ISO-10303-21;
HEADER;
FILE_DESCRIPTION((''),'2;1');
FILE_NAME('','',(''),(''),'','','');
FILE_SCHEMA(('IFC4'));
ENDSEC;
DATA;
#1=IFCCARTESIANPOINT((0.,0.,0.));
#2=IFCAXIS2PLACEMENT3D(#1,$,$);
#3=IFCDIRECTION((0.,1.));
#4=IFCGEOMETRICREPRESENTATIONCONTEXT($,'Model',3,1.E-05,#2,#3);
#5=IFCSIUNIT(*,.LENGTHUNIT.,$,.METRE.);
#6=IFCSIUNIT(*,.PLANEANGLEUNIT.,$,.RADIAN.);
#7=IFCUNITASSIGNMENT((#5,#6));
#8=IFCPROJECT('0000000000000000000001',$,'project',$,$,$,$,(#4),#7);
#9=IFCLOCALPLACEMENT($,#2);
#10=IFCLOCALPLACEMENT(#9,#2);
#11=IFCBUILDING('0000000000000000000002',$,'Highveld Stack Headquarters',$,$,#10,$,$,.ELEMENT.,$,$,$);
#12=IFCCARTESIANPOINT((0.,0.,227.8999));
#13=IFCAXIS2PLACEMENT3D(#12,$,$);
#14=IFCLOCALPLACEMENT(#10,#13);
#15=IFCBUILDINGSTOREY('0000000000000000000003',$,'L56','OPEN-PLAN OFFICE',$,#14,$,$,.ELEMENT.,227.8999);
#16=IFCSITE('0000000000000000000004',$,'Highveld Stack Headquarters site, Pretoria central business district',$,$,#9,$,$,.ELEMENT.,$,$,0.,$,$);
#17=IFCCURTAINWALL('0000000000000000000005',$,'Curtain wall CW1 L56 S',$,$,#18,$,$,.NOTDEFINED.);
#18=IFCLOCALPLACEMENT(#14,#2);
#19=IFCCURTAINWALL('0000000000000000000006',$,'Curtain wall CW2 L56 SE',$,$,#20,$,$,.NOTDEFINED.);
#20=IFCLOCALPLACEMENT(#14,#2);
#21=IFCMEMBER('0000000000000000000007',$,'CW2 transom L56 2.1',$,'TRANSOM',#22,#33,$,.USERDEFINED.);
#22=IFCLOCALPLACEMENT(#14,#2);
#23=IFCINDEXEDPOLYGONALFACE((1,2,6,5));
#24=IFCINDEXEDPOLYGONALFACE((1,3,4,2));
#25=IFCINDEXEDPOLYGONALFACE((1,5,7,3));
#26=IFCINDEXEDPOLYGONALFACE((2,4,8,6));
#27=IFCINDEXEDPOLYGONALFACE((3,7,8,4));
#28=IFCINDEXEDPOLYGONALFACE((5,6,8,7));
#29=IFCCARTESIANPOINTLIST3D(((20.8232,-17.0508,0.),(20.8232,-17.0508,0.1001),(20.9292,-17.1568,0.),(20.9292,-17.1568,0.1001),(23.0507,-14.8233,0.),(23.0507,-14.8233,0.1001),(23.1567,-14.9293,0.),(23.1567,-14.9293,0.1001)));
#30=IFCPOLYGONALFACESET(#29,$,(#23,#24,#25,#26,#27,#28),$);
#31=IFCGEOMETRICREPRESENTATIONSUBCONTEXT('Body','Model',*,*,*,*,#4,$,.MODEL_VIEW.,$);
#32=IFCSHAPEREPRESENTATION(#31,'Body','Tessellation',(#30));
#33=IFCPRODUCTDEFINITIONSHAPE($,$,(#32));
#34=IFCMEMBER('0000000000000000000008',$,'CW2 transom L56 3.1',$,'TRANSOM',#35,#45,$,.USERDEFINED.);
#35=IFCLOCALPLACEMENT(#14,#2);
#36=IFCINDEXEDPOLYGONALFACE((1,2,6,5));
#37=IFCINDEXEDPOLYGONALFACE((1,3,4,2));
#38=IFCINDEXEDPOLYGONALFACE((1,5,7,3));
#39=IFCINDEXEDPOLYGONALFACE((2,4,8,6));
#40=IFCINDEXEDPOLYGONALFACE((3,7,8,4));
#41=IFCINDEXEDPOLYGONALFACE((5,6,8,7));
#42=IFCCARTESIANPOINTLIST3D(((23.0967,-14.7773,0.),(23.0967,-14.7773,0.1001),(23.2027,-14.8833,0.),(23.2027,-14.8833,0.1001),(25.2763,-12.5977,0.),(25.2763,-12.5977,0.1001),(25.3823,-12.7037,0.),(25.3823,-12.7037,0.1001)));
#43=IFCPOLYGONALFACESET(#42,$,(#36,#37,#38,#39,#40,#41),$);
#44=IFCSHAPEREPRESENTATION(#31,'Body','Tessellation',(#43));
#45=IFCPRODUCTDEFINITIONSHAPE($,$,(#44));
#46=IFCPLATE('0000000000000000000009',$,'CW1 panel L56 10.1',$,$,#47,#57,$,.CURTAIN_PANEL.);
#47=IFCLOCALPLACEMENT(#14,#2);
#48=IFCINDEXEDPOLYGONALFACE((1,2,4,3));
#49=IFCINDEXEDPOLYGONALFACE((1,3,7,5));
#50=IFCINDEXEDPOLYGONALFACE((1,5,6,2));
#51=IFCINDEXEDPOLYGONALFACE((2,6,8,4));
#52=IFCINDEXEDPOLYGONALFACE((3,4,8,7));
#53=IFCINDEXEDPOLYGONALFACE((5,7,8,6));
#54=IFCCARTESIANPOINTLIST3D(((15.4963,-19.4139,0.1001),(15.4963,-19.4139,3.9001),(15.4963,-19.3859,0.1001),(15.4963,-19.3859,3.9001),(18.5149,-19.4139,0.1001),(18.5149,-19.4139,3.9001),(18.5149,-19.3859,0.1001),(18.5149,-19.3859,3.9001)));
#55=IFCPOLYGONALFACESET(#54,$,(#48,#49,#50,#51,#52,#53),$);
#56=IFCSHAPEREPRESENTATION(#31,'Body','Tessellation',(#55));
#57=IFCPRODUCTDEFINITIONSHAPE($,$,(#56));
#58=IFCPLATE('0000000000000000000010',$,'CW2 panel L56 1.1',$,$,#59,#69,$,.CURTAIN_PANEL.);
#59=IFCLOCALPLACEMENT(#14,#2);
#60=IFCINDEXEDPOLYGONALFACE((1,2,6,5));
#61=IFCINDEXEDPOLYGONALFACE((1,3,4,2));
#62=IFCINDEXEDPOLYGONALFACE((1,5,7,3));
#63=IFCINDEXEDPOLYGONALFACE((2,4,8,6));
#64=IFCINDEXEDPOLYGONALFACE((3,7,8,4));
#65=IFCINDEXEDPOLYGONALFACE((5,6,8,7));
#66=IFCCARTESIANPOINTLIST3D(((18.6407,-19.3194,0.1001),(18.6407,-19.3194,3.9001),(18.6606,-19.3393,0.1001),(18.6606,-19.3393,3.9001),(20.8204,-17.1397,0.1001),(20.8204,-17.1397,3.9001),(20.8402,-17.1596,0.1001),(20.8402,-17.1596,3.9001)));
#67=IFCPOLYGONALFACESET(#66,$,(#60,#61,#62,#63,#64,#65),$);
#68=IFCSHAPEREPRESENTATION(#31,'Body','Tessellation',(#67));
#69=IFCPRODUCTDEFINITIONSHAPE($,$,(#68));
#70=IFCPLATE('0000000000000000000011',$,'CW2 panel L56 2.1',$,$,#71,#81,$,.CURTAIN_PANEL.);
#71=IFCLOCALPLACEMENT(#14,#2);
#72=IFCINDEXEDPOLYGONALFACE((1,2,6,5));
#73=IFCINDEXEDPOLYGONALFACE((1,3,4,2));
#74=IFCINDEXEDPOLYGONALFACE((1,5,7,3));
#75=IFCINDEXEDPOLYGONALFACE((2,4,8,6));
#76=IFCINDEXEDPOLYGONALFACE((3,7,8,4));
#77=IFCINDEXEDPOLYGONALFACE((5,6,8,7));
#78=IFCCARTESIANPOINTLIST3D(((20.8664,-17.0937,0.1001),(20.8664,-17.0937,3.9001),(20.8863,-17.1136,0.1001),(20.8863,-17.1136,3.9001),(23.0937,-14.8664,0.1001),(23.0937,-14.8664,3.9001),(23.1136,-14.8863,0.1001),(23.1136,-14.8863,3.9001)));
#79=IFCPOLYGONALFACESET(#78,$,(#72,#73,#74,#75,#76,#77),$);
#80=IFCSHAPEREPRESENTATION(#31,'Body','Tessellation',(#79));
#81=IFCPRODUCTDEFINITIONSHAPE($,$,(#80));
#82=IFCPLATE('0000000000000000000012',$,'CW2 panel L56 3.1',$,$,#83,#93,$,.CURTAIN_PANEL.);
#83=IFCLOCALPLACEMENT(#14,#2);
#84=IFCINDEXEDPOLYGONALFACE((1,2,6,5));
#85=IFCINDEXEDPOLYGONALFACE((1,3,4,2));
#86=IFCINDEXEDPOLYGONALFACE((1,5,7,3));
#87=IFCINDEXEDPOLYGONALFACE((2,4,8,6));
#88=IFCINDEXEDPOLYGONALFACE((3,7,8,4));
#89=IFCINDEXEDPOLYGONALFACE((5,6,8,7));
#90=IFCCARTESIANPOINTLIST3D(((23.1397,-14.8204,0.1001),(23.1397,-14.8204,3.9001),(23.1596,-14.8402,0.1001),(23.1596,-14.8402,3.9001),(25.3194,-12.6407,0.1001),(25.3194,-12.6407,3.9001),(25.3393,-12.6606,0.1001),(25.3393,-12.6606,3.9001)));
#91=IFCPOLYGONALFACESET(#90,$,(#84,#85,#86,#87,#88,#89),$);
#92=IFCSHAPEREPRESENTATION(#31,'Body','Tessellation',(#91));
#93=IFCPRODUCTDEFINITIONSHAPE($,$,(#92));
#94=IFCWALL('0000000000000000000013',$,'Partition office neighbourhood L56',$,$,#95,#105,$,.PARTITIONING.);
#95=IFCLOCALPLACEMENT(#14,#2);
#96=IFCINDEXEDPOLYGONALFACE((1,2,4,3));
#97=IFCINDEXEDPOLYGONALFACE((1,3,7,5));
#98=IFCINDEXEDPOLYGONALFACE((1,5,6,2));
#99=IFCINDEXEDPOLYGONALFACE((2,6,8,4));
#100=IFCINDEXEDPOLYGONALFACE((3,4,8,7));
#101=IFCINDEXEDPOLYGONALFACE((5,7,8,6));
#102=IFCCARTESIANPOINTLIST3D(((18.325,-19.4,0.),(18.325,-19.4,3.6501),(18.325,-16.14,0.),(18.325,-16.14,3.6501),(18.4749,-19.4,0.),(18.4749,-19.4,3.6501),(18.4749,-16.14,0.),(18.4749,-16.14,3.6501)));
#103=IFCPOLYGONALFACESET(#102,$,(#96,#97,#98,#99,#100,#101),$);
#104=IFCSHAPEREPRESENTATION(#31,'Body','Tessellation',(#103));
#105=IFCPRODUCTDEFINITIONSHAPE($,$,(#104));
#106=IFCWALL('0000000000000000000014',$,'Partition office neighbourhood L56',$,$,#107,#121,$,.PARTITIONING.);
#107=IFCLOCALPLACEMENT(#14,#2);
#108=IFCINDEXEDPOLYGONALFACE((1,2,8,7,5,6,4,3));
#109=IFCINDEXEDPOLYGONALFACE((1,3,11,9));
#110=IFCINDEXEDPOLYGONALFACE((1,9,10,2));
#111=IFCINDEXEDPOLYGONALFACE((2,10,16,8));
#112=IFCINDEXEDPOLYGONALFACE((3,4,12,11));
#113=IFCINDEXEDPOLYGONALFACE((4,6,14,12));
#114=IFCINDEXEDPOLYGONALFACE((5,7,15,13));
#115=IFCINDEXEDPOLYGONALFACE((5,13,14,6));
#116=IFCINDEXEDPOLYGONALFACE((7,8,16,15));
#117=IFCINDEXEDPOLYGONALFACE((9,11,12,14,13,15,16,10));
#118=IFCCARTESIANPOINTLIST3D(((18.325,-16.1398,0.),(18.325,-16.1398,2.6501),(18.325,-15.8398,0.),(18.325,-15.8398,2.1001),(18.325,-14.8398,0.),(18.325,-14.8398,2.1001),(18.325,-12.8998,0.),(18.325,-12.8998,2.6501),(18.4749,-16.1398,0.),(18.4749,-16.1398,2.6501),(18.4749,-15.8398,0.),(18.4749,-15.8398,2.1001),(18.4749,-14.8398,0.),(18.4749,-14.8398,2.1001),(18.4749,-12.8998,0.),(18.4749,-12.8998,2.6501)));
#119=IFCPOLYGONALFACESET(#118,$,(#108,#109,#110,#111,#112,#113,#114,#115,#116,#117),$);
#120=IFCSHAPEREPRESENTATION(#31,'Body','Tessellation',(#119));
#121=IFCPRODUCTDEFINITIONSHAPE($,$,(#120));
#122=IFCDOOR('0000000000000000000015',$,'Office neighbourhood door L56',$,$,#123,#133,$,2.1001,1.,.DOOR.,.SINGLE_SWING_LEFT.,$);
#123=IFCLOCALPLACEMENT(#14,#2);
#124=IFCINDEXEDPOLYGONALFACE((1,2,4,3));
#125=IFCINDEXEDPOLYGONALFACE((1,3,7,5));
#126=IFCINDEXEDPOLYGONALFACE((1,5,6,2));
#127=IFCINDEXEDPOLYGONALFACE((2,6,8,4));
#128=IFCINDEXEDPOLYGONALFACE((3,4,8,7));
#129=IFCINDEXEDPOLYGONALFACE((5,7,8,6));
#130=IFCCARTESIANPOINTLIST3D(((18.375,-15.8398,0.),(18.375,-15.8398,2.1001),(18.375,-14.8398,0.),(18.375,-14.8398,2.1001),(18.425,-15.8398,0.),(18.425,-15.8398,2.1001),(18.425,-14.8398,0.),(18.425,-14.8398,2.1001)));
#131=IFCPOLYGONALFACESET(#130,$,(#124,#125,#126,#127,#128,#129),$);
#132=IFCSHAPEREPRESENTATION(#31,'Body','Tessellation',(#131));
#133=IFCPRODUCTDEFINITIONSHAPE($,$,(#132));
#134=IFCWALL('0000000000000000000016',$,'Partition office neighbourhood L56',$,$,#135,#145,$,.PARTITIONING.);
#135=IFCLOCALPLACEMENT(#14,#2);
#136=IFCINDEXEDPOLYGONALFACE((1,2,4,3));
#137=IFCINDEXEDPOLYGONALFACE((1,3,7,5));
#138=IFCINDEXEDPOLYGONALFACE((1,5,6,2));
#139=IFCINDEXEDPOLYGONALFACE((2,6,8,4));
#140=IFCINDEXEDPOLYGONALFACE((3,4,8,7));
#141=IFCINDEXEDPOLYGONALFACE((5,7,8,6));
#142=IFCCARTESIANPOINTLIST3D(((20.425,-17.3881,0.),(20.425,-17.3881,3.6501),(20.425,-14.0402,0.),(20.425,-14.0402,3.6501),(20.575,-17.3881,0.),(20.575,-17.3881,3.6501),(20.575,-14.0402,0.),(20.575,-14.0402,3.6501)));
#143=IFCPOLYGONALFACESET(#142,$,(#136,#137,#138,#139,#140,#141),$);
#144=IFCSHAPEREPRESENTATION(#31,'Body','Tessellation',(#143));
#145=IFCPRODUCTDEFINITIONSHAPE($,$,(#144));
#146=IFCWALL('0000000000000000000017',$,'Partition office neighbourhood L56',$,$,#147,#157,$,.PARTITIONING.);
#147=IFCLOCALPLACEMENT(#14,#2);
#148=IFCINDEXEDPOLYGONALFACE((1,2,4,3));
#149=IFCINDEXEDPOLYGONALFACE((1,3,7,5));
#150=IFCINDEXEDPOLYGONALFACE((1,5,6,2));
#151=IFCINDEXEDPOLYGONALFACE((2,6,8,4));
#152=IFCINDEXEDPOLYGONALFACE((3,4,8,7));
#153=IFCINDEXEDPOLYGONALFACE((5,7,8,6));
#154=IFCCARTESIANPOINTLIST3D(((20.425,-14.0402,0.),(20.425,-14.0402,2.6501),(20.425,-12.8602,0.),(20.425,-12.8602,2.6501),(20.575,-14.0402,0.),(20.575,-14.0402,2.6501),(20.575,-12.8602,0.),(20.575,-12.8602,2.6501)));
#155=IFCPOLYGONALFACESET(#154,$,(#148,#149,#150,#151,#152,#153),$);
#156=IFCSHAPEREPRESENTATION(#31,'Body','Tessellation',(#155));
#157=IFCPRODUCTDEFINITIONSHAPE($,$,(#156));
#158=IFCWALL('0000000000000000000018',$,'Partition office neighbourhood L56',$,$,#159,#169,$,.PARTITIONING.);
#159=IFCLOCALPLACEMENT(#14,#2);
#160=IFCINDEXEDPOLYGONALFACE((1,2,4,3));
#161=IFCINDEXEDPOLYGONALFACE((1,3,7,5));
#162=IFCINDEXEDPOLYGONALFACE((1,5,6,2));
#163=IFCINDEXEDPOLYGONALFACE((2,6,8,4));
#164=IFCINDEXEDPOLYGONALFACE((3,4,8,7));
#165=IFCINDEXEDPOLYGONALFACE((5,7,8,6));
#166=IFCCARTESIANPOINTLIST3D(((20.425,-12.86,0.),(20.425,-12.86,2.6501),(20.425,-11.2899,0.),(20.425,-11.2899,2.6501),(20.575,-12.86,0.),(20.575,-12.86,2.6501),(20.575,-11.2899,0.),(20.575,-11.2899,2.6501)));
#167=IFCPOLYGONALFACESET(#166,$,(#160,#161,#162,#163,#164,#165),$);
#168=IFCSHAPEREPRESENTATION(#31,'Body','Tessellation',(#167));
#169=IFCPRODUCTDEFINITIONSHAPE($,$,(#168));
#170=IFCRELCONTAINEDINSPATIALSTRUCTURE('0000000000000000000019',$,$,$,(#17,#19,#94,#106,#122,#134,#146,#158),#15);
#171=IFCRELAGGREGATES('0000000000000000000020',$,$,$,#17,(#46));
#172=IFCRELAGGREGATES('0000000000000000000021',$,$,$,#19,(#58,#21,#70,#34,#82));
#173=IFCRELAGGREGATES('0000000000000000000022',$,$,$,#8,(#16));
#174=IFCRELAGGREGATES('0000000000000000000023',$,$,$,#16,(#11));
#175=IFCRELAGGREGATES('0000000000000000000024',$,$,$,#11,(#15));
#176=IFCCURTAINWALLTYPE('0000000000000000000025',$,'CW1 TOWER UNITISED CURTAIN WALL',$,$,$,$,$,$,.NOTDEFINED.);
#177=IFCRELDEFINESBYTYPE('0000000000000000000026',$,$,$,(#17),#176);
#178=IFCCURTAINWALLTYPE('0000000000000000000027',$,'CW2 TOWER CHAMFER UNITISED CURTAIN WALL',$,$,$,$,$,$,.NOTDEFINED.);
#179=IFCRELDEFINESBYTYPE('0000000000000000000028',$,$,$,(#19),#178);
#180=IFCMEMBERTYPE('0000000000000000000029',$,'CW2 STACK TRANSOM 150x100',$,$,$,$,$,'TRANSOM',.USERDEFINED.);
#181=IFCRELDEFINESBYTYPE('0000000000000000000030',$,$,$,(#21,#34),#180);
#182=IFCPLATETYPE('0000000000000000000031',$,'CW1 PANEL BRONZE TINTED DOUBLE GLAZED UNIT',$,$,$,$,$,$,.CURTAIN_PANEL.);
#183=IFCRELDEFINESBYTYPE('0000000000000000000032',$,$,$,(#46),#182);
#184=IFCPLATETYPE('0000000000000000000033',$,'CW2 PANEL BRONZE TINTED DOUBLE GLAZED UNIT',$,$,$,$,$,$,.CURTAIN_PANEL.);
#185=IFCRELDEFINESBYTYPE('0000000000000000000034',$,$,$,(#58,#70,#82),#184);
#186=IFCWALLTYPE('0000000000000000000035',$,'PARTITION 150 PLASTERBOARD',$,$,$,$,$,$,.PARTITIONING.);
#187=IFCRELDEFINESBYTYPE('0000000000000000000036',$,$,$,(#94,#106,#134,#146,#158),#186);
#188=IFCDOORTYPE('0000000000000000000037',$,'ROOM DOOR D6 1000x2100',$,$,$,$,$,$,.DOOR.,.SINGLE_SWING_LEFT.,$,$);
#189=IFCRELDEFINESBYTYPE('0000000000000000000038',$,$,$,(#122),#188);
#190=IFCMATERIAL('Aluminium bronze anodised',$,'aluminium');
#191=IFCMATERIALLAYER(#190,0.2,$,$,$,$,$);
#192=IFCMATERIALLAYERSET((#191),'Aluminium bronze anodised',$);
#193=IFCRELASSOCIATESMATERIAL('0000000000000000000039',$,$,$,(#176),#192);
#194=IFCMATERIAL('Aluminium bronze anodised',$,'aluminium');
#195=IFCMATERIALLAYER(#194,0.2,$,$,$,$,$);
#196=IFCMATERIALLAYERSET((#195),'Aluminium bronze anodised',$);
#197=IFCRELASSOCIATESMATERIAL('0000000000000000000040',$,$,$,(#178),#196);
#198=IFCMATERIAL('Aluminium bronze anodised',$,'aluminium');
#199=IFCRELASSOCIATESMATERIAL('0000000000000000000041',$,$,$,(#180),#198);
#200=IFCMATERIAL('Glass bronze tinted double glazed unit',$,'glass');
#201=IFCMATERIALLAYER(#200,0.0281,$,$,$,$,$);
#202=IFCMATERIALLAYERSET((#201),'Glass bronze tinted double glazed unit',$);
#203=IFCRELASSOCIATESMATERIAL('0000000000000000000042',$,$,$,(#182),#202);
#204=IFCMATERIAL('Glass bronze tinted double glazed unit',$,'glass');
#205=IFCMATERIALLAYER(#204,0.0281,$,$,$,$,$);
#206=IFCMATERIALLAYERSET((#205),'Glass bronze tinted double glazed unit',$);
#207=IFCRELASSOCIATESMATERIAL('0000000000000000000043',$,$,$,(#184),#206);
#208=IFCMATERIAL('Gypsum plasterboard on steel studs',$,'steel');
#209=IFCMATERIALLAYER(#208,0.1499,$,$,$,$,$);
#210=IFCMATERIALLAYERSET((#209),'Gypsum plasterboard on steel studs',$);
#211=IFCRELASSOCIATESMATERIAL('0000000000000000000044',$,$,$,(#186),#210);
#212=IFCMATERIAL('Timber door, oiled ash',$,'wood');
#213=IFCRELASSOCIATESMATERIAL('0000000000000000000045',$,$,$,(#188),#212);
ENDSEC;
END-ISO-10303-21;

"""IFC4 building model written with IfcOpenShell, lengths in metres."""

from ifc_helpers import new_model, si_unit, direction, frame, frame_2d, origin, origin_2d, place, context, subcontext, project, spatial, rectangle, extrude, material, layer, layer_set, material_profile, profile_set, type_object, element, fill, aggregate, save


model = new_model("IFC4")

# Units and contexts
model_context = context("Model", 3, precision=1e-05, world=origin(), true_north=direction((0.0, 1.0)))
body_context = subcontext(model_context, "Body", "Model", "MODEL_VIEW")
ifc_project = project(units=[si_unit("LENGTHUNIT", "METRE"), si_unit("PLANEANGLEUNIT", "RADIAN")], contexts=[model_context])

# Site, building, storey
site_placement = place(None, origin())
site = spatial("IfcSite", under=ifc_project, at=site_placement, Name="Highveld Stack Headquarters site, Pretoria central business district", CompositionType="ELEMENT", RefElevation=0.0)
building_placement = place(site_placement, origin())
building = spatial("IfcBuilding", under=site, at=building_placement, Name="Highveld Stack Headquarters", CompositionType="ELEMENT")
storey_placement = place(building_placement, frame((0.0, 0.0, 227.8999)))
storey = spatial("IfcBuildingStorey", under=building, at=storey_placement, Name="L56", Description="OPEN-PLAN OFFICE", CompositionType="ELEMENT", Elevation=227.8999)

# Curtain wall
ifc_material_1 = material(Name="Aluminium bronze anodised", Category="aluminium")
ifc_layer_1 = layer(ifc_material_1, 0.2)
ifc_layer_set_1 = layer_set([ifc_layer_1], Name="Aluminium bronze anodised")
curtain_wall_type_1 = type_object("IfcCurtainWallType", Name="CW1 TOWER UNITISED CURTAIN WALL", PredefinedType="NOTDEFINED", material=ifc_layer_set_1)
curtain_wall_1_placement = place(storey_placement, origin())
curtain_wall_1 = element("IfcCurtainWall", 1, at=curtain_wall_1_placement, inside=storey, type_object=curtain_wall_type_1, Name="Curtain wall CW1 L56 S", PredefinedType="NOTDEFINED")

# Curtain wall, members
ifc_material_2 = material(Name="Aluminium bronze anodised", Category="aluminium")
ifc_layer_2 = layer(ifc_material_2, 0.2)
ifc_layer_set_2 = layer_set([ifc_layer_2], Name="Aluminium bronze anodised")
curtain_wall_type_2 = type_object("IfcCurtainWallType", Name="CW2 TOWER CHAMFER UNITISED CURTAIN WALL", PredefinedType="NOTDEFINED", material=ifc_layer_set_2)
curtain_wall_2_placement = place(storey_placement, origin())
curtain_wall_2 = element("IfcCurtainWall", 2, at=curtain_wall_2_placement, inside=storey, type_object=curtain_wall_type_2, Name="Curtain wall CW2 L56 SE", PredefinedType="NOTDEFINED")
ifc_material_3 = material(Name="Aluminium bronze anodised", Category="aluminium")
ifc_material_profile_1 = material_profile(ifc_material_3, rectangle(XDim=0.1499, YDim=0.1001, at=origin_2d()), Name="CW2 TRANSOM 150x100")
ifc_profile_set_1 = profile_set([ifc_material_profile_1], Name="Aluminium bronze anodised")
member_type_1 = type_object("IfcMemberType", Name="CW2 STACK TRANSOM 150x100", ElementType="TRANSOM", PredefinedType="USERDEFINED", material=ifc_profile_set_1)
member_1_placement = place(storey_placement, frame((20.8762, -17.1038, 0.05), z_axis=(0.707107, 0.707107, 0.0), x_axis=(-0.707107, 0.707107, 0.0)))
member_1 = element("IfcMember", 3, at=member_1_placement, type_object=member_type_1, Name="CW2 transom L56 2.1", ObjectType="TRANSOM", PredefinedType="USERDEFINED", context=body_context, shape_type="SweptSolid", body=[
    extrude(rectangle(XDim=0.1499, YDim=0.1001, at=origin_2d()), origin(), (0.0, 0.0, 1.0), 3.1501),
])
member_2_placement = place(storey_placement, frame((23.1497, -14.8303, 0.05), z_axis=(0.707107, 0.707107, 0.0), x_axis=(-0.707107, 0.707107, 0.0)))
member_2 = element("IfcMember", 4, at=member_2_placement, type_object=member_type_1, Name="CW2 transom L56 3.1", ObjectType="TRANSOM", PredefinedType="USERDEFINED", context=body_context, shape_type="SweptSolid", body=[
    extrude(rectangle(XDim=0.1499, YDim=0.1001, at=origin_2d()), origin(), (0.0, 0.0, 1.0), 3.0825),
])

# Plates
ifc_material_4 = material(Name="Glass bronze tinted double glazed unit", Category="glass")
ifc_layer_3 = layer(ifc_material_4, 0.0281)
ifc_layer_set_3 = layer_set([ifc_layer_3], Name="Glass bronze tinted double glazed unit")
plate_type_1 = type_object("IfcPlateType", Name="CW1 PANEL BRONZE TINTED DOUBLE GLAZED UNIT", PredefinedType="CURTAIN_PANEL", material=ifc_layer_set_3)
plate_1_placement = place(storey_placement, frame((17.0056, -19.3999, 0.1001), z_axis=(0.0, 0.0, 1.0), x_axis=(1.0, 0.0, 0.0)))
plate_1 = element("IfcPlate", 5, at=plate_1_placement, type_object=plate_type_1, Name="CW1 panel L56 10.1", PredefinedType="CURTAIN_PANEL", context=body_context, shape_type="SweptSolid", body=[
    extrude(rectangle(XDim=3.0186, YDim=0.0281, at=origin_2d()), origin(), (0.0, 0.0, 1.0), 3.8),
])
aggregate(curtain_wall_1, [plate_1])
ifc_material_5 = material(Name="Glass bronze tinted double glazed unit", Category="glass")
ifc_layer_4 = layer(ifc_material_5, 0.0281)
ifc_layer_set_4 = layer_set([ifc_layer_4], Name="Glass bronze tinted double glazed unit")
plate_type_2 = type_object("IfcPlateType", Name="CW2 PANEL BRONZE TINTED DOUBLE GLAZED UNIT", PredefinedType="CURTAIN_PANEL", material=ifc_layer_set_4)
plate_2_placement = place(storey_placement, frame((19.7405, -18.2395, 0.1001), z_axis=(0.0, 0.0, 1.0), x_axis=(0.707107, 0.707107, 0.0)))
plate_2 = element("IfcPlate", 6, at=plate_2_placement, type_object=plate_type_2, Name="CW2 panel L56 1.1", PredefinedType="CURTAIN_PANEL", context=body_context, shape_type="SweptSolid", body=[
    extrude(rectangle(XDim=3.0825, YDim=0.0281, at=origin_2d()), origin(), (0.0, 0.0, 1.0), 3.8),
])
plate_3_placement = place(storey_placement, frame((21.99, -15.99, 0.1001), z_axis=(0.0, 0.0, 1.0), x_axis=(0.707107, 0.707107, 0.0)))
plate_3 = element("IfcPlate", 7, at=plate_3_placement, type_object=plate_type_2, Name="CW2 panel L56 2.1", PredefinedType="CURTAIN_PANEL", context=body_context, shape_type="SweptSolid", body=[
    extrude(rectangle(XDim=3.1499, YDim=0.0281, at=origin_2d()), origin(), (0.0, 0.0, 1.0), 3.8),
])
plate_4_placement = place(storey_placement, frame((24.2395, -13.7405, 0.1001), z_axis=(0.0, 0.0, 1.0), x_axis=(0.707107, 0.707107, 0.0)))
plate_4 = element("IfcPlate", 8, at=plate_4_placement, type_object=plate_type_2, Name="CW2 panel L56 3.1", PredefinedType="CURTAIN_PANEL", context=body_context, shape_type="SweptSolid", body=[
    extrude(rectangle(XDim=3.0825, YDim=0.0281, at=origin_2d()), origin(), (0.0, 0.0, 1.0), 3.8),
])
aggregate(curtain_wall_2, [plate_2, member_1, plate_3, member_2, plate_4])

# Wall
ifc_material_6 = material(Name="Gypsum plasterboard on steel studs", Category="steel")
ifc_layer_5 = layer(ifc_material_6, 0.1499)
ifc_layer_set_5 = layer_set([ifc_layer_5], Name="Gypsum plasterboard on steel studs")
wall_type = type_object("IfcWallType", Name="PARTITION 150 PLASTERBOARD", PredefinedType="PARTITIONING", material=ifc_layer_set_5)
wall_1_placement = place(storey_placement, frame((18.3999, -19.3999, 0.0), z_axis=(0.0, 0.0, 1.0), x_axis=(0.0, 1.0, 0.0)))
element("IfcWall", 9, at=wall_1_placement, inside=storey, type_object=wall_type, Name="Partition office neighbourhood L56", PredefinedType="PARTITIONING", context=body_context, shape_type="SweptSolid", body=[
    extrude(rectangle(XDim=3.26, YDim=0.1499, at=frame_2d((1.6299, 0.0))), origin(), (0.0, 0.0, 1.0), 3.6501),
])

# Wall, opening, door
wall_2_placement = place(storey_placement, frame((18.3999, -16.1399, 0.0), z_axis=(0.0, 0.0, 1.0), x_axis=(0.0, 1.0, 0.0)))
wall_2 = element("IfcWall", 10, at=wall_2_placement, inside=storey, type_object=wall_type, Name="Partition office neighbourhood L56", PredefinedType="PARTITIONING", context=body_context, shape_type="SweptSolid", body=[
    extrude(rectangle(XDim=3.24, YDim=0.1499, at=frame_2d((1.6201, 0.0))), origin(), (0.0, 0.0, 1.0), 2.6501),
])
opening_placement = place(wall_2_placement, frame((0.3, 0.0, 0.0)))
opening = element("IfcOpeningElement", 11, at=opening_placement, cuts=wall_2, PredefinedType="OPENING", context=body_context, shape_type="SweptSolid", body=[
    extrude(rectangle(XDim=1.0, YDim=2.1001, at=frame_2d((0.5, 1.05))), frame((0.0, 0.085, 0.0), z_axis=(0.0, -1.0, 0.0), x_axis=(1.0, 0.0, 0.0)), (0.0, 0.0, 1.0), 0.1699),
])
ifc_material_7 = material(Name="Timber door, oiled ash", Category="wood")
door_type = type_object("IfcDoorType", Name="ROOM DOOR D6 1000x2100", OperationType="SINGLE_SWING_LEFT", PredefinedType="DOOR", material=ifc_material_7)
door_placement = place(opening_placement, origin())
door = element("IfcDoor", 12, at=door_placement, inside=storey, type_object=door_type, Name="Office neighbourhood door L56", OperationType="SINGLE_SWING_LEFT", OverallHeight=2.1001, OverallWidth=1.0, PredefinedType="DOOR", context=body_context, shape_type="SweptSolid", body=[
    extrude(rectangle(XDim=1.0, YDim=2.1001, at=frame_2d((0.5, 1.05))), frame((0.0, 0.0249, 0.0), z_axis=(0.0, -1.0, 0.0), x_axis=(1.0, 0.0, 0.0)), (0.0, 0.0, 1.0), 0.05),
])
fill(opening, door)

# Walls
wall_3_placement = place(storey_placement, frame((20.5, -17.3879, 0.0), z_axis=(0.0, 0.0, 1.0), x_axis=(0.0, 1.0, 0.0)))
element("IfcWall", 13, at=wall_3_placement, inside=storey, type_object=wall_type, Name="Partition office neighbourhood L56", PredefinedType="PARTITIONING", context=body_context, shape_type="SweptSolid", body=[
    extrude(rectangle(XDim=3.3479, YDim=0.1499, at=frame_2d((1.6738, 0.0))), origin(), (0.0, 0.0, 1.0), 3.6501),
])
wall_4_placement = place(storey_placement, frame((20.5, -14.04, 0.0), z_axis=(0.0, 0.0, 1.0), x_axis=(0.0, 1.0, 0.0)))
element("IfcWall", 14, at=wall_4_placement, inside=storey, type_object=wall_type, Name="Partition office neighbourhood L56", PredefinedType="PARTITIONING", context=body_context, shape_type="SweptSolid", body=[
    extrude(rectangle(XDim=1.1799, YDim=0.1499, at=frame_2d((0.5898, 0.0))), origin(), (0.0, 0.0, 1.0), 2.6501),
])
wall_5_placement = place(storey_placement, frame((20.5, -12.8601, 0.0), z_axis=(0.0, 0.0, 1.0), x_axis=(0.0, 1.0, 0.0)))
element("IfcWall", 15, at=wall_5_placement, inside=storey, type_object=wall_type, Name="Partition office neighbourhood L56", PredefinedType="PARTITIONING", context=body_context, shape_type="SweptSolid", body=[
    extrude(rectangle(XDim=1.5701, YDim=0.1499, at=frame_2d((0.7852, 0.0))), origin(), (0.0, 0.0, 1.0), 2.6501),
])

save(model, "model.ifc")
